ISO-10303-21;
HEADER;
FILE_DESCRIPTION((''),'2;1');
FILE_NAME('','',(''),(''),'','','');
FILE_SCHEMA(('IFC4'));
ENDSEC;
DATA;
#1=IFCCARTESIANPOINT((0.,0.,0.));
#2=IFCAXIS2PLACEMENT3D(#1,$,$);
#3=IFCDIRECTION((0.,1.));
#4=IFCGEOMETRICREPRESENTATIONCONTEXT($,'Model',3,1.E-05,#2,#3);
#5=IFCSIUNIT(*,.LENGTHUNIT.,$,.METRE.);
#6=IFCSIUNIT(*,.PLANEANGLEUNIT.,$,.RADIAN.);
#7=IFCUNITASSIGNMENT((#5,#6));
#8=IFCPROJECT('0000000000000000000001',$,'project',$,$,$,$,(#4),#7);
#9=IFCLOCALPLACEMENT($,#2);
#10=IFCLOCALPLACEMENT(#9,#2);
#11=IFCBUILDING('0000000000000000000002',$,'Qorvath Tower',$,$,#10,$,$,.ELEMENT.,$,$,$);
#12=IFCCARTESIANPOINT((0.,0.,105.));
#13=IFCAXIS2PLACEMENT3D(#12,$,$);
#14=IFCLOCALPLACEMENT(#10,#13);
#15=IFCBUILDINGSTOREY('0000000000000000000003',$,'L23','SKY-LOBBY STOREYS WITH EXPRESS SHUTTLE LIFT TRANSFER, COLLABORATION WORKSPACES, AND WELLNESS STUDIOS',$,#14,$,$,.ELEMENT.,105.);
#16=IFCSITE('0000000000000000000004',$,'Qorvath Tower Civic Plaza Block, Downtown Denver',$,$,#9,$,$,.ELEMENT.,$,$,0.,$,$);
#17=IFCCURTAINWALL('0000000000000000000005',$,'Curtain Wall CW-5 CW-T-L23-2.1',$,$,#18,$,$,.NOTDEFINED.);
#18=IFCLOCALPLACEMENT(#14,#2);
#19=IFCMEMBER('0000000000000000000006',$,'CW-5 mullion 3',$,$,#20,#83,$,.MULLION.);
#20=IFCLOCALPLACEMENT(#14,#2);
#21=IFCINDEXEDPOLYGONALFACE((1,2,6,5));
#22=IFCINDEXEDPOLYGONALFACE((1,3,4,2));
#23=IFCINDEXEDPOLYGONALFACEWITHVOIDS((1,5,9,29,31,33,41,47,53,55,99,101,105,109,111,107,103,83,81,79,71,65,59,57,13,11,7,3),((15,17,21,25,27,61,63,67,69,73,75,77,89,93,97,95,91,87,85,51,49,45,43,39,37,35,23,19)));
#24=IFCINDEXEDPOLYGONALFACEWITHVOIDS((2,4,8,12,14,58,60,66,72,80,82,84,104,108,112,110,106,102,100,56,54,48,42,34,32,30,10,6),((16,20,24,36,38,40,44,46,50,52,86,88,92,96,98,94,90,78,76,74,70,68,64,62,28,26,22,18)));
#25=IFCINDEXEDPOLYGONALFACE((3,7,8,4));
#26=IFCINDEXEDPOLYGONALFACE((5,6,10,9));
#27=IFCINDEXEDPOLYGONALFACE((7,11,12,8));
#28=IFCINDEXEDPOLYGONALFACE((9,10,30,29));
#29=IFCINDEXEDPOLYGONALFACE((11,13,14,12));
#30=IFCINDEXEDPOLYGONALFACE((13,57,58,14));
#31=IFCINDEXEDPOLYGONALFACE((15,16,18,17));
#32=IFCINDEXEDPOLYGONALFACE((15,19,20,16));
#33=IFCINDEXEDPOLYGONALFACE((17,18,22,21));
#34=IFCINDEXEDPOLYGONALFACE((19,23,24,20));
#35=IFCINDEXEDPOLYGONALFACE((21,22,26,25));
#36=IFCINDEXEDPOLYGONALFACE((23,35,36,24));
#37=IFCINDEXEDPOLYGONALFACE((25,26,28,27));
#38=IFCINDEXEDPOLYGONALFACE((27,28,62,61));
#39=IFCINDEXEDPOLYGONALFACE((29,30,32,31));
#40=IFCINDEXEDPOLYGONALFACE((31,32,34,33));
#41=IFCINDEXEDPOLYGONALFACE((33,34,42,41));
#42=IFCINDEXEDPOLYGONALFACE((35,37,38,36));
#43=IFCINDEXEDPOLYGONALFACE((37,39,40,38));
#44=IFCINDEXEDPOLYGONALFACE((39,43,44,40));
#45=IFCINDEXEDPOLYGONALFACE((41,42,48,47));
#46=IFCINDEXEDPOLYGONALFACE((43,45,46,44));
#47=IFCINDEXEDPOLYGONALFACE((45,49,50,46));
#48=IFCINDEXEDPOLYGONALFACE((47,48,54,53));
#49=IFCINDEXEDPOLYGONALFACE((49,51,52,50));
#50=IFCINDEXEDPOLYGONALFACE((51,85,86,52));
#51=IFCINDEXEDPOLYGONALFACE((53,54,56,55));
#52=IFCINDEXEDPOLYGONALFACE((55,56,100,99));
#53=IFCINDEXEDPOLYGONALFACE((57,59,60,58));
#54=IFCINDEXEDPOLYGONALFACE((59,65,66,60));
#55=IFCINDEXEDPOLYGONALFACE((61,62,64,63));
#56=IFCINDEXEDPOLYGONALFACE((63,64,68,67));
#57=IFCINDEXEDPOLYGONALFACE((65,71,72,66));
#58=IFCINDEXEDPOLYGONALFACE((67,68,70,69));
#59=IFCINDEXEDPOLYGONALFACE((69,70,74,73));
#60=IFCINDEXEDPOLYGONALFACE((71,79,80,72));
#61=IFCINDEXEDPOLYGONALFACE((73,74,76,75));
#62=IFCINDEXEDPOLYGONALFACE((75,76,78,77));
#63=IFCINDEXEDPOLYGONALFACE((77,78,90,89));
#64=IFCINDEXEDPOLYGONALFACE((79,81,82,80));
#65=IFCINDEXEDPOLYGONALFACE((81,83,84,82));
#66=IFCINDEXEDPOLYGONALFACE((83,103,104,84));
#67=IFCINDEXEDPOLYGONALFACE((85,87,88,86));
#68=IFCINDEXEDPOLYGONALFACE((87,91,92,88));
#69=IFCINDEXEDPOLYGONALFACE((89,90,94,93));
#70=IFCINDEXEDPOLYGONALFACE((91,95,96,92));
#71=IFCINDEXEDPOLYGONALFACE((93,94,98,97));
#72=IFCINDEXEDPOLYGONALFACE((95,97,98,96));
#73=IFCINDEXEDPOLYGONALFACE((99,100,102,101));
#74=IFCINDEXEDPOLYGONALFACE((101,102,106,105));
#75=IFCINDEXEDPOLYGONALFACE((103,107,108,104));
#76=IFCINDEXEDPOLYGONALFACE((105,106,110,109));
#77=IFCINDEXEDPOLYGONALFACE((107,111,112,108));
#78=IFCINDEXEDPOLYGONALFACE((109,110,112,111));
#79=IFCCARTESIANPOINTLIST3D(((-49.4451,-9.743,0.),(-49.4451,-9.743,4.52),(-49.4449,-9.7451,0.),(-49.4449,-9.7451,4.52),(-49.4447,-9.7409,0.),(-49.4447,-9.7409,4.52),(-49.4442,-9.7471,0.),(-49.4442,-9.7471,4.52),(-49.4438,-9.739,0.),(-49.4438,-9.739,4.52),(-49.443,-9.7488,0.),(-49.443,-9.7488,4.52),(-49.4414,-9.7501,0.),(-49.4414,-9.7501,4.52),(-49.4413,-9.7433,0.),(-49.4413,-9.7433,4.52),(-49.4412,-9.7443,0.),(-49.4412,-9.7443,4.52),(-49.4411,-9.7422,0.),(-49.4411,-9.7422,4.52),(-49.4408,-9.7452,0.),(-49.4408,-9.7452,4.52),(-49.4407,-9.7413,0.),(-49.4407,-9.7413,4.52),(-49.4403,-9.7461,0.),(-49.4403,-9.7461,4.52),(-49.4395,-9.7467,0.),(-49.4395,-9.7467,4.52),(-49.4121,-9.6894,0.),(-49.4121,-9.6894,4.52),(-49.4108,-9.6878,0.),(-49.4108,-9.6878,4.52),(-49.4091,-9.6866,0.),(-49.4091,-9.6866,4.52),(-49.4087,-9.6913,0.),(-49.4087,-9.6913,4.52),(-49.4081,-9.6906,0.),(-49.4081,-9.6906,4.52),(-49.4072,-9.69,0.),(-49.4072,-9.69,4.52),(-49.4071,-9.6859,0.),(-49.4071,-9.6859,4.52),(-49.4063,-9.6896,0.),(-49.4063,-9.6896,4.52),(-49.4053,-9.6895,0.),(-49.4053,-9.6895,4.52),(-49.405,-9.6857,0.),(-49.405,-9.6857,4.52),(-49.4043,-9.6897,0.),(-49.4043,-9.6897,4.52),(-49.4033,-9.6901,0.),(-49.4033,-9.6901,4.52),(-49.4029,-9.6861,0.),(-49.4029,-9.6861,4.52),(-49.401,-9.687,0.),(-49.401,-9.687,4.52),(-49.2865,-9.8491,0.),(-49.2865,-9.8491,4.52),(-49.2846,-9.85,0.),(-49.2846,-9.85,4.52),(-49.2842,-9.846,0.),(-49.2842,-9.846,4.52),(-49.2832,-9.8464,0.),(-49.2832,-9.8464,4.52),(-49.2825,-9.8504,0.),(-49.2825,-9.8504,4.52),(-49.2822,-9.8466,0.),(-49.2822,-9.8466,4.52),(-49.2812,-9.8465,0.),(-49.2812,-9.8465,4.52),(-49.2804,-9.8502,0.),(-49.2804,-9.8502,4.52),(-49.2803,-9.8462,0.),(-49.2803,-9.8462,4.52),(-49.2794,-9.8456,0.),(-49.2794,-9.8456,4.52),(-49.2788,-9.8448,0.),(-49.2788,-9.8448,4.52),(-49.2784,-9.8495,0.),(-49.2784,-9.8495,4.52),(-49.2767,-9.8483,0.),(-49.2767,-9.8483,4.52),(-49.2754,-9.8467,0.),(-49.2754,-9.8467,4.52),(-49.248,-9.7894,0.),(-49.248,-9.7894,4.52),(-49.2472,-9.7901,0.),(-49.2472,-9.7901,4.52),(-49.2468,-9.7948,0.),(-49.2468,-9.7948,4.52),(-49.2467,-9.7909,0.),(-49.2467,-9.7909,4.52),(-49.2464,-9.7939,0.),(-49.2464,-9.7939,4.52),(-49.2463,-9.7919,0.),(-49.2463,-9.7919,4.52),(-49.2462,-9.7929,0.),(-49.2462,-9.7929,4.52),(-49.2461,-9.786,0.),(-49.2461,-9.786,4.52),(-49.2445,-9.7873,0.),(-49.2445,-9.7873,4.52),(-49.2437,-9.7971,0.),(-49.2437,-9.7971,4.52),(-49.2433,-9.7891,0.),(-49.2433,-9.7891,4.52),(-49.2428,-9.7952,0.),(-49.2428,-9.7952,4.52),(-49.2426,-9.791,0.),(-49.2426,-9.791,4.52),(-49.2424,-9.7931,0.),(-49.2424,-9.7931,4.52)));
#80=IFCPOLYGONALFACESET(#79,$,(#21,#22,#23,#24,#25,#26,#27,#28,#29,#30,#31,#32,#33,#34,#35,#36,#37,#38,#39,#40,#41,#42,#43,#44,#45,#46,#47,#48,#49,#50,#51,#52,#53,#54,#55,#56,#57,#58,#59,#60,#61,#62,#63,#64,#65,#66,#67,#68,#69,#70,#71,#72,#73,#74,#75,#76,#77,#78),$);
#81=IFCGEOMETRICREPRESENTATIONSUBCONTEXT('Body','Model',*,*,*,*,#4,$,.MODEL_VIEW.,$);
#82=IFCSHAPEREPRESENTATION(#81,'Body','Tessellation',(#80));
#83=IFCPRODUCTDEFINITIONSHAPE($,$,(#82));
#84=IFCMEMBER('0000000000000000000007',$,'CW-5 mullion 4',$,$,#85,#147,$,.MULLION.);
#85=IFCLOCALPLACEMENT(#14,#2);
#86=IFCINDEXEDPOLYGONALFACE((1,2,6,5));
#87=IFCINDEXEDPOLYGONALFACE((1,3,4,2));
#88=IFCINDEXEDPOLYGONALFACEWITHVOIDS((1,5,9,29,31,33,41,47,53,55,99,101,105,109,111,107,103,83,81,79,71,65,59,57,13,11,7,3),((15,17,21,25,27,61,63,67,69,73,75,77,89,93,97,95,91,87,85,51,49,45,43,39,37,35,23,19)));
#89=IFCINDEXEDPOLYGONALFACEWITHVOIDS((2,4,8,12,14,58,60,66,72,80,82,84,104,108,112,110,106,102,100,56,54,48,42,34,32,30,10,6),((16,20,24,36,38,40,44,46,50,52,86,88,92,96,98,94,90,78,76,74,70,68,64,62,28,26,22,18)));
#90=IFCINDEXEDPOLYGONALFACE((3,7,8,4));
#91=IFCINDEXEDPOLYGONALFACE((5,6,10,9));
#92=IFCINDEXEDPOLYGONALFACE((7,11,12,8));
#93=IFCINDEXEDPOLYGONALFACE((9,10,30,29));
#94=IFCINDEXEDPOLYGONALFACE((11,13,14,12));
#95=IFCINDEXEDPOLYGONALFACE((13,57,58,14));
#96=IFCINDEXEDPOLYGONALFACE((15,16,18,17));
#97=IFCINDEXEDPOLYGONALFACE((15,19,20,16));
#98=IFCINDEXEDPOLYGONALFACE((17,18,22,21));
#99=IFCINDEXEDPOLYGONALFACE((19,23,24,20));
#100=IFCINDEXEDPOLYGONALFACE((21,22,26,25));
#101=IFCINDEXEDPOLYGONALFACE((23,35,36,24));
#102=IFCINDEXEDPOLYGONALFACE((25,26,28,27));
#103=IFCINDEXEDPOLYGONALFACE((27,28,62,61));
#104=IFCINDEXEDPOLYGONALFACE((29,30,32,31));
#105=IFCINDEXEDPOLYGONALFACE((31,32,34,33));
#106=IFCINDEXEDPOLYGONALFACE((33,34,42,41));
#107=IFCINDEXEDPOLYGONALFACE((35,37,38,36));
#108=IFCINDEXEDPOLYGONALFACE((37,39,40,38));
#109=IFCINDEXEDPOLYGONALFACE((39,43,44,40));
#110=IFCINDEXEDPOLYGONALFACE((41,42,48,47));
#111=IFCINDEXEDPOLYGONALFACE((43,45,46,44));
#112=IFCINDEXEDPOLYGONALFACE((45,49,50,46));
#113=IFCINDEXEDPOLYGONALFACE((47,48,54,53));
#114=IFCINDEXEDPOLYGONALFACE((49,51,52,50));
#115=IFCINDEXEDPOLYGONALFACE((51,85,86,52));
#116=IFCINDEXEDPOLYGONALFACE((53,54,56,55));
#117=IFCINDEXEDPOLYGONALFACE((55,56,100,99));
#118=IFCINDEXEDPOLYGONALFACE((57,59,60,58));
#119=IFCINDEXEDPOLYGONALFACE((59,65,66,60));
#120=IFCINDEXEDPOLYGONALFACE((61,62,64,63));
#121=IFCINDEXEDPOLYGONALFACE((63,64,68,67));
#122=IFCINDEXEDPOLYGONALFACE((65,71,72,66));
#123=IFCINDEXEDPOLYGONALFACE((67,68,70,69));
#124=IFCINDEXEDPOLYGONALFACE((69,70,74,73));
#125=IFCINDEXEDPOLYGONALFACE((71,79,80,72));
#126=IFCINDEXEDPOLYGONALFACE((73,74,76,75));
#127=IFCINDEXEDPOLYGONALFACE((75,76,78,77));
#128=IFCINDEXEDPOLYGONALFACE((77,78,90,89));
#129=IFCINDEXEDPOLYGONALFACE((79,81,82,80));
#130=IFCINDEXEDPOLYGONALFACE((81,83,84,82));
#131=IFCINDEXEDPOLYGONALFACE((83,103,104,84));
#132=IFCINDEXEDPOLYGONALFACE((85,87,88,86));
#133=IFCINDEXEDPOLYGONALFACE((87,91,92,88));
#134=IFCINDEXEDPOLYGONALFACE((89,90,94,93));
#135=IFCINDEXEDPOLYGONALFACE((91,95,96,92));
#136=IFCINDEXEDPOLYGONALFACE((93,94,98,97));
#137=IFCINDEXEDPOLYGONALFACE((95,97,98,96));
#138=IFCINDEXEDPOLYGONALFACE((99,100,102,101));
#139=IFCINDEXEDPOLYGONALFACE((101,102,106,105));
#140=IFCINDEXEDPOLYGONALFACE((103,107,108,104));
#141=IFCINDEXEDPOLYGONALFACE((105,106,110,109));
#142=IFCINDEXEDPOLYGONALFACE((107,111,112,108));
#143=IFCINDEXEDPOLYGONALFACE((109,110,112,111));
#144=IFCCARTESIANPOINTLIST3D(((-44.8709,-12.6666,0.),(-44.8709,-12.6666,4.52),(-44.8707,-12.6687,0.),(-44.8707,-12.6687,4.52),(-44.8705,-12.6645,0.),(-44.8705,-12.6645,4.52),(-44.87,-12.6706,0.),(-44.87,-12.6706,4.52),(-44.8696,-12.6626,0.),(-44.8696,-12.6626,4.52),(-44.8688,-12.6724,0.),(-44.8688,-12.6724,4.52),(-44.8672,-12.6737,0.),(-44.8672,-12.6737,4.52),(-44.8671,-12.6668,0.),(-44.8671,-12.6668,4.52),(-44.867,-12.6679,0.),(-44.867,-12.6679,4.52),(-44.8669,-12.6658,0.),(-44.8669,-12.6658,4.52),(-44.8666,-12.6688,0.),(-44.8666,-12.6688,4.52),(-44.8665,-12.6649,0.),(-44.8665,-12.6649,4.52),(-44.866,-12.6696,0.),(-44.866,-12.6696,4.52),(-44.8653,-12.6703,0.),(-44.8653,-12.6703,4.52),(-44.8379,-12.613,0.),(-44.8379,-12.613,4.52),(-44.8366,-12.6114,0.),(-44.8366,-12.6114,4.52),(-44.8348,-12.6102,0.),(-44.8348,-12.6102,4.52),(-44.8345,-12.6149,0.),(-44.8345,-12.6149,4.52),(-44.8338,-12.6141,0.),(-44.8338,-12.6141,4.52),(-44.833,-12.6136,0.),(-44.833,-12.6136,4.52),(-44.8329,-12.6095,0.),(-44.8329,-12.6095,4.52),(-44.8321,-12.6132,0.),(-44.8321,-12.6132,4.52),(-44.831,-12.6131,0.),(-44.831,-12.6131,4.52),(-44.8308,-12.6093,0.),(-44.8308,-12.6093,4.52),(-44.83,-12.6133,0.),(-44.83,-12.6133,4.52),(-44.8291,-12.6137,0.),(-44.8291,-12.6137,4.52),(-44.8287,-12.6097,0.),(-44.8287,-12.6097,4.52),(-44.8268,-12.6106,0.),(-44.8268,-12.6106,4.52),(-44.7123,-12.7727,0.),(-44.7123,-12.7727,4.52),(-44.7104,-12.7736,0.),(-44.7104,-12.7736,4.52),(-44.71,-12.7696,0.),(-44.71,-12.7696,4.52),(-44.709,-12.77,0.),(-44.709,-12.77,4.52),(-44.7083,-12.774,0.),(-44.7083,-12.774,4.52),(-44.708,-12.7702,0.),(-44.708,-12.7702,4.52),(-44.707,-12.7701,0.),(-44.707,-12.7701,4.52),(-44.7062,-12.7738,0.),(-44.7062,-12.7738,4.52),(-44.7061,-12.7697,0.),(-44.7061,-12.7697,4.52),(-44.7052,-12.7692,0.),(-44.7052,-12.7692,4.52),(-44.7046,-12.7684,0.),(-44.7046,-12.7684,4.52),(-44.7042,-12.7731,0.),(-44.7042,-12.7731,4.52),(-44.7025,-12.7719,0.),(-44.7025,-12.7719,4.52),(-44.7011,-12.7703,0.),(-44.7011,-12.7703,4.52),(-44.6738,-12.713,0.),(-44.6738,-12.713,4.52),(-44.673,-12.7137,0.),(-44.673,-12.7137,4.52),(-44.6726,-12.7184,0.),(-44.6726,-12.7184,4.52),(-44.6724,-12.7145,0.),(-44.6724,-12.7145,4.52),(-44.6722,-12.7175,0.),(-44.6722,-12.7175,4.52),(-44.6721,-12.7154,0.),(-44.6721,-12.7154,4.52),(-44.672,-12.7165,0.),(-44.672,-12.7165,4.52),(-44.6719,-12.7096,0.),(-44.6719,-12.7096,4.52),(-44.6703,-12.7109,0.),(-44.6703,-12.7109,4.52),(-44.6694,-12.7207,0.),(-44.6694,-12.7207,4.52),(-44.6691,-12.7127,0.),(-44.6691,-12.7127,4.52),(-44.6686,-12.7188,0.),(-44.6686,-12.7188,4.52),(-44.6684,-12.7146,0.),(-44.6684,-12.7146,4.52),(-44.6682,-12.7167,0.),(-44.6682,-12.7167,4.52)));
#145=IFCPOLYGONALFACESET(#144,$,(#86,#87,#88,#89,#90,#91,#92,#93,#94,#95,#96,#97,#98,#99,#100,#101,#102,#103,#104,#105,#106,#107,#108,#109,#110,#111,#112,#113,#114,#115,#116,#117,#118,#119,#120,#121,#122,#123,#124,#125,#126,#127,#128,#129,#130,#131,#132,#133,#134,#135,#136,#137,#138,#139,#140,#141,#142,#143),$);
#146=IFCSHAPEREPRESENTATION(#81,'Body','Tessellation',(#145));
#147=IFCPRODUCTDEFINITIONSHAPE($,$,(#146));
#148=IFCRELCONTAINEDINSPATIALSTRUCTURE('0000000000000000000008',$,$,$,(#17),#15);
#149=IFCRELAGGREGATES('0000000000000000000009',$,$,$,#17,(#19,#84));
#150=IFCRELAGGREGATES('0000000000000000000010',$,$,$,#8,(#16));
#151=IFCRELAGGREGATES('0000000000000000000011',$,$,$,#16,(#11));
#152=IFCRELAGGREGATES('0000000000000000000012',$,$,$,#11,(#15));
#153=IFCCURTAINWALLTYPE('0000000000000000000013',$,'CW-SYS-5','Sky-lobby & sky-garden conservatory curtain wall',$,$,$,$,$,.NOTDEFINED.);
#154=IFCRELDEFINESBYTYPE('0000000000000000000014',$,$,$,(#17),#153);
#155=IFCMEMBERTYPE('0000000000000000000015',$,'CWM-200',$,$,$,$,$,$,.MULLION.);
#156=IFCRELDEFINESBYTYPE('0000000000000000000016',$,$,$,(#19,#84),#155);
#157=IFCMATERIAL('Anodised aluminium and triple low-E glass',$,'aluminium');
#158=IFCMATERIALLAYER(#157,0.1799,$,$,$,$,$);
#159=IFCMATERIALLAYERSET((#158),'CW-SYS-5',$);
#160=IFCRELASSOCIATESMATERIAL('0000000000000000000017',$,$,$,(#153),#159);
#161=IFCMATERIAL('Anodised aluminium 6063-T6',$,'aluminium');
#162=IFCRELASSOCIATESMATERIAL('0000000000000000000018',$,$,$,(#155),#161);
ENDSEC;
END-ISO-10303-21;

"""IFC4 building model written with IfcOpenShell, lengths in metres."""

from ifc_helpers import new_model, si_unit, direction, frame, origin, origin_2d, place, context, subcontext, project, spatial, hollow_rectangle, extrude, material, layer, layer_set, material_profile, profile_set, type_object, element, aggregate, save


model = new_model("IFC4")

# Units and contexts
model_context = context("Model", 3, precision=1e-05, world=origin(), true_north=direction((0.0, 1.0)))
body_context = subcontext(model_context, "Body", "Model", "MODEL_VIEW")
ifc_project = project(units=[si_unit("LENGTHUNIT", "METRE"), si_unit("PLANEANGLEUNIT", "RADIAN")], contexts=[model_context])

# Site, building, storey
site_placement = place(None, origin())
site = spatial("IfcSite", under=ifc_project, at=site_placement, Name="Qorvath Tower Civic Plaza Block, Downtown Denver", CompositionType="ELEMENT", RefElevation=0.0)
building_placement = place(site_placement, origin())
building = spatial("IfcBuilding", under=site, at=building_placement, Name="Qorvath Tower", CompositionType="ELEMENT")
storey_placement = place(building_placement, frame((0.0, 0.0, 105.0)))
storey = spatial("IfcBuildingStorey", under=building, at=storey_placement, Name="L23", Description="SKY-LOBBY STOREYS WITH EXPRESS SHUTTLE LIFT TRANSFER, COLLABORATION WORKSPACES, AND WELLNESS STUDIOS", CompositionType="ELEMENT", Elevation=105.0)

# Curtain wall, members
ifc_material_1 = material(Name="Anodised aluminium and triple low-E glass", Category="aluminium")
ifc_layer_1 = layer(ifc_material_1, 0.1799)
ifc_layer_set_1 = layer_set([ifc_layer_1], Name="CW-SYS-5")
curtain_wall_type = type_object("IfcCurtainWallType", Name="CW-SYS-5", Description="Sky-lobby & sky-garden conservatory curtain wall", PredefinedType="NOTDEFINED", material=ifc_layer_set_1)
curtain_wall_placement = place(storey_placement, origin())
curtain_wall = element("IfcCurtainWall", 1, at=curtain_wall_placement, inside=storey, type_object=curtain_wall_type, Name="Curtain Wall CW-5 CW-T-L23-2.1", PredefinedType="NOTDEFINED")
ifc_material_2 = material(Name="Anodised aluminium 6063-T6", Category="aluminium")
ifc_material_profile_1 = material_profile(ifc_material_2, hollow_rectangle(XDim=0.075, YDim=0.2, WallThickness=0.0039, InnerFilletRadius=0.0039, OuterFilletRadius=0.0081, at=origin_2d()), Name="CWM 200x75")
ifc_profile_set_1 = profile_set([ifc_material_profile_1], Name="Anodised aluminium 6063-T6")
member_type_1 = type_object("IfcMemberType", Name="CWM-200", PredefinedType="MULLION", material=ifc_profile_set_1)
member_1_placement = place(storey_placement, frame((-49.3438, -9.7681, 0.0), z_axis=(0.0, 0.0, 1.0), x_axis=(0.538532, 0.842605, 0.0)))
member_1 = element("IfcMember", 2, at=member_1_placement, type_object=member_type_1, Name="CW-5 mullion 3", PredefinedType="MULLION", context=body_context, shape_type="SweptSolid", body=[
    extrude(hollow_rectangle(XDim=0.075, YDim=0.2, WallThickness=0.0039, InnerFilletRadius=0.0039, OuterFilletRadius=0.0081, at=origin_2d()), origin(), (0.0, 0.0, 1.0), 4.52),
])
member_2_placement = place(storey_placement, frame((-44.7695, -12.6917, 0.0), z_axis=(0.0, 0.0, 1.0), x_axis=(0.538532, 0.842605, 0.0)))
member_2 = element("IfcMember", 3, at=member_2_placement, type_object=member_type_1, Name="CW-5 mullion 4", PredefinedType="MULLION", context=body_context, shape_type="SweptSolid", body=[
    extrude(hollow_rectangle(XDim=0.075, YDim=0.2, WallThickness=0.0039, InnerFilletRadius=0.0039, OuterFilletRadius=0.0081, at=origin_2d()), origin(), (0.0, 0.0, 1.0), 4.52),
])
aggregate(curtain_wall, [member_1, member_2])

save(model, "model.ifc")
